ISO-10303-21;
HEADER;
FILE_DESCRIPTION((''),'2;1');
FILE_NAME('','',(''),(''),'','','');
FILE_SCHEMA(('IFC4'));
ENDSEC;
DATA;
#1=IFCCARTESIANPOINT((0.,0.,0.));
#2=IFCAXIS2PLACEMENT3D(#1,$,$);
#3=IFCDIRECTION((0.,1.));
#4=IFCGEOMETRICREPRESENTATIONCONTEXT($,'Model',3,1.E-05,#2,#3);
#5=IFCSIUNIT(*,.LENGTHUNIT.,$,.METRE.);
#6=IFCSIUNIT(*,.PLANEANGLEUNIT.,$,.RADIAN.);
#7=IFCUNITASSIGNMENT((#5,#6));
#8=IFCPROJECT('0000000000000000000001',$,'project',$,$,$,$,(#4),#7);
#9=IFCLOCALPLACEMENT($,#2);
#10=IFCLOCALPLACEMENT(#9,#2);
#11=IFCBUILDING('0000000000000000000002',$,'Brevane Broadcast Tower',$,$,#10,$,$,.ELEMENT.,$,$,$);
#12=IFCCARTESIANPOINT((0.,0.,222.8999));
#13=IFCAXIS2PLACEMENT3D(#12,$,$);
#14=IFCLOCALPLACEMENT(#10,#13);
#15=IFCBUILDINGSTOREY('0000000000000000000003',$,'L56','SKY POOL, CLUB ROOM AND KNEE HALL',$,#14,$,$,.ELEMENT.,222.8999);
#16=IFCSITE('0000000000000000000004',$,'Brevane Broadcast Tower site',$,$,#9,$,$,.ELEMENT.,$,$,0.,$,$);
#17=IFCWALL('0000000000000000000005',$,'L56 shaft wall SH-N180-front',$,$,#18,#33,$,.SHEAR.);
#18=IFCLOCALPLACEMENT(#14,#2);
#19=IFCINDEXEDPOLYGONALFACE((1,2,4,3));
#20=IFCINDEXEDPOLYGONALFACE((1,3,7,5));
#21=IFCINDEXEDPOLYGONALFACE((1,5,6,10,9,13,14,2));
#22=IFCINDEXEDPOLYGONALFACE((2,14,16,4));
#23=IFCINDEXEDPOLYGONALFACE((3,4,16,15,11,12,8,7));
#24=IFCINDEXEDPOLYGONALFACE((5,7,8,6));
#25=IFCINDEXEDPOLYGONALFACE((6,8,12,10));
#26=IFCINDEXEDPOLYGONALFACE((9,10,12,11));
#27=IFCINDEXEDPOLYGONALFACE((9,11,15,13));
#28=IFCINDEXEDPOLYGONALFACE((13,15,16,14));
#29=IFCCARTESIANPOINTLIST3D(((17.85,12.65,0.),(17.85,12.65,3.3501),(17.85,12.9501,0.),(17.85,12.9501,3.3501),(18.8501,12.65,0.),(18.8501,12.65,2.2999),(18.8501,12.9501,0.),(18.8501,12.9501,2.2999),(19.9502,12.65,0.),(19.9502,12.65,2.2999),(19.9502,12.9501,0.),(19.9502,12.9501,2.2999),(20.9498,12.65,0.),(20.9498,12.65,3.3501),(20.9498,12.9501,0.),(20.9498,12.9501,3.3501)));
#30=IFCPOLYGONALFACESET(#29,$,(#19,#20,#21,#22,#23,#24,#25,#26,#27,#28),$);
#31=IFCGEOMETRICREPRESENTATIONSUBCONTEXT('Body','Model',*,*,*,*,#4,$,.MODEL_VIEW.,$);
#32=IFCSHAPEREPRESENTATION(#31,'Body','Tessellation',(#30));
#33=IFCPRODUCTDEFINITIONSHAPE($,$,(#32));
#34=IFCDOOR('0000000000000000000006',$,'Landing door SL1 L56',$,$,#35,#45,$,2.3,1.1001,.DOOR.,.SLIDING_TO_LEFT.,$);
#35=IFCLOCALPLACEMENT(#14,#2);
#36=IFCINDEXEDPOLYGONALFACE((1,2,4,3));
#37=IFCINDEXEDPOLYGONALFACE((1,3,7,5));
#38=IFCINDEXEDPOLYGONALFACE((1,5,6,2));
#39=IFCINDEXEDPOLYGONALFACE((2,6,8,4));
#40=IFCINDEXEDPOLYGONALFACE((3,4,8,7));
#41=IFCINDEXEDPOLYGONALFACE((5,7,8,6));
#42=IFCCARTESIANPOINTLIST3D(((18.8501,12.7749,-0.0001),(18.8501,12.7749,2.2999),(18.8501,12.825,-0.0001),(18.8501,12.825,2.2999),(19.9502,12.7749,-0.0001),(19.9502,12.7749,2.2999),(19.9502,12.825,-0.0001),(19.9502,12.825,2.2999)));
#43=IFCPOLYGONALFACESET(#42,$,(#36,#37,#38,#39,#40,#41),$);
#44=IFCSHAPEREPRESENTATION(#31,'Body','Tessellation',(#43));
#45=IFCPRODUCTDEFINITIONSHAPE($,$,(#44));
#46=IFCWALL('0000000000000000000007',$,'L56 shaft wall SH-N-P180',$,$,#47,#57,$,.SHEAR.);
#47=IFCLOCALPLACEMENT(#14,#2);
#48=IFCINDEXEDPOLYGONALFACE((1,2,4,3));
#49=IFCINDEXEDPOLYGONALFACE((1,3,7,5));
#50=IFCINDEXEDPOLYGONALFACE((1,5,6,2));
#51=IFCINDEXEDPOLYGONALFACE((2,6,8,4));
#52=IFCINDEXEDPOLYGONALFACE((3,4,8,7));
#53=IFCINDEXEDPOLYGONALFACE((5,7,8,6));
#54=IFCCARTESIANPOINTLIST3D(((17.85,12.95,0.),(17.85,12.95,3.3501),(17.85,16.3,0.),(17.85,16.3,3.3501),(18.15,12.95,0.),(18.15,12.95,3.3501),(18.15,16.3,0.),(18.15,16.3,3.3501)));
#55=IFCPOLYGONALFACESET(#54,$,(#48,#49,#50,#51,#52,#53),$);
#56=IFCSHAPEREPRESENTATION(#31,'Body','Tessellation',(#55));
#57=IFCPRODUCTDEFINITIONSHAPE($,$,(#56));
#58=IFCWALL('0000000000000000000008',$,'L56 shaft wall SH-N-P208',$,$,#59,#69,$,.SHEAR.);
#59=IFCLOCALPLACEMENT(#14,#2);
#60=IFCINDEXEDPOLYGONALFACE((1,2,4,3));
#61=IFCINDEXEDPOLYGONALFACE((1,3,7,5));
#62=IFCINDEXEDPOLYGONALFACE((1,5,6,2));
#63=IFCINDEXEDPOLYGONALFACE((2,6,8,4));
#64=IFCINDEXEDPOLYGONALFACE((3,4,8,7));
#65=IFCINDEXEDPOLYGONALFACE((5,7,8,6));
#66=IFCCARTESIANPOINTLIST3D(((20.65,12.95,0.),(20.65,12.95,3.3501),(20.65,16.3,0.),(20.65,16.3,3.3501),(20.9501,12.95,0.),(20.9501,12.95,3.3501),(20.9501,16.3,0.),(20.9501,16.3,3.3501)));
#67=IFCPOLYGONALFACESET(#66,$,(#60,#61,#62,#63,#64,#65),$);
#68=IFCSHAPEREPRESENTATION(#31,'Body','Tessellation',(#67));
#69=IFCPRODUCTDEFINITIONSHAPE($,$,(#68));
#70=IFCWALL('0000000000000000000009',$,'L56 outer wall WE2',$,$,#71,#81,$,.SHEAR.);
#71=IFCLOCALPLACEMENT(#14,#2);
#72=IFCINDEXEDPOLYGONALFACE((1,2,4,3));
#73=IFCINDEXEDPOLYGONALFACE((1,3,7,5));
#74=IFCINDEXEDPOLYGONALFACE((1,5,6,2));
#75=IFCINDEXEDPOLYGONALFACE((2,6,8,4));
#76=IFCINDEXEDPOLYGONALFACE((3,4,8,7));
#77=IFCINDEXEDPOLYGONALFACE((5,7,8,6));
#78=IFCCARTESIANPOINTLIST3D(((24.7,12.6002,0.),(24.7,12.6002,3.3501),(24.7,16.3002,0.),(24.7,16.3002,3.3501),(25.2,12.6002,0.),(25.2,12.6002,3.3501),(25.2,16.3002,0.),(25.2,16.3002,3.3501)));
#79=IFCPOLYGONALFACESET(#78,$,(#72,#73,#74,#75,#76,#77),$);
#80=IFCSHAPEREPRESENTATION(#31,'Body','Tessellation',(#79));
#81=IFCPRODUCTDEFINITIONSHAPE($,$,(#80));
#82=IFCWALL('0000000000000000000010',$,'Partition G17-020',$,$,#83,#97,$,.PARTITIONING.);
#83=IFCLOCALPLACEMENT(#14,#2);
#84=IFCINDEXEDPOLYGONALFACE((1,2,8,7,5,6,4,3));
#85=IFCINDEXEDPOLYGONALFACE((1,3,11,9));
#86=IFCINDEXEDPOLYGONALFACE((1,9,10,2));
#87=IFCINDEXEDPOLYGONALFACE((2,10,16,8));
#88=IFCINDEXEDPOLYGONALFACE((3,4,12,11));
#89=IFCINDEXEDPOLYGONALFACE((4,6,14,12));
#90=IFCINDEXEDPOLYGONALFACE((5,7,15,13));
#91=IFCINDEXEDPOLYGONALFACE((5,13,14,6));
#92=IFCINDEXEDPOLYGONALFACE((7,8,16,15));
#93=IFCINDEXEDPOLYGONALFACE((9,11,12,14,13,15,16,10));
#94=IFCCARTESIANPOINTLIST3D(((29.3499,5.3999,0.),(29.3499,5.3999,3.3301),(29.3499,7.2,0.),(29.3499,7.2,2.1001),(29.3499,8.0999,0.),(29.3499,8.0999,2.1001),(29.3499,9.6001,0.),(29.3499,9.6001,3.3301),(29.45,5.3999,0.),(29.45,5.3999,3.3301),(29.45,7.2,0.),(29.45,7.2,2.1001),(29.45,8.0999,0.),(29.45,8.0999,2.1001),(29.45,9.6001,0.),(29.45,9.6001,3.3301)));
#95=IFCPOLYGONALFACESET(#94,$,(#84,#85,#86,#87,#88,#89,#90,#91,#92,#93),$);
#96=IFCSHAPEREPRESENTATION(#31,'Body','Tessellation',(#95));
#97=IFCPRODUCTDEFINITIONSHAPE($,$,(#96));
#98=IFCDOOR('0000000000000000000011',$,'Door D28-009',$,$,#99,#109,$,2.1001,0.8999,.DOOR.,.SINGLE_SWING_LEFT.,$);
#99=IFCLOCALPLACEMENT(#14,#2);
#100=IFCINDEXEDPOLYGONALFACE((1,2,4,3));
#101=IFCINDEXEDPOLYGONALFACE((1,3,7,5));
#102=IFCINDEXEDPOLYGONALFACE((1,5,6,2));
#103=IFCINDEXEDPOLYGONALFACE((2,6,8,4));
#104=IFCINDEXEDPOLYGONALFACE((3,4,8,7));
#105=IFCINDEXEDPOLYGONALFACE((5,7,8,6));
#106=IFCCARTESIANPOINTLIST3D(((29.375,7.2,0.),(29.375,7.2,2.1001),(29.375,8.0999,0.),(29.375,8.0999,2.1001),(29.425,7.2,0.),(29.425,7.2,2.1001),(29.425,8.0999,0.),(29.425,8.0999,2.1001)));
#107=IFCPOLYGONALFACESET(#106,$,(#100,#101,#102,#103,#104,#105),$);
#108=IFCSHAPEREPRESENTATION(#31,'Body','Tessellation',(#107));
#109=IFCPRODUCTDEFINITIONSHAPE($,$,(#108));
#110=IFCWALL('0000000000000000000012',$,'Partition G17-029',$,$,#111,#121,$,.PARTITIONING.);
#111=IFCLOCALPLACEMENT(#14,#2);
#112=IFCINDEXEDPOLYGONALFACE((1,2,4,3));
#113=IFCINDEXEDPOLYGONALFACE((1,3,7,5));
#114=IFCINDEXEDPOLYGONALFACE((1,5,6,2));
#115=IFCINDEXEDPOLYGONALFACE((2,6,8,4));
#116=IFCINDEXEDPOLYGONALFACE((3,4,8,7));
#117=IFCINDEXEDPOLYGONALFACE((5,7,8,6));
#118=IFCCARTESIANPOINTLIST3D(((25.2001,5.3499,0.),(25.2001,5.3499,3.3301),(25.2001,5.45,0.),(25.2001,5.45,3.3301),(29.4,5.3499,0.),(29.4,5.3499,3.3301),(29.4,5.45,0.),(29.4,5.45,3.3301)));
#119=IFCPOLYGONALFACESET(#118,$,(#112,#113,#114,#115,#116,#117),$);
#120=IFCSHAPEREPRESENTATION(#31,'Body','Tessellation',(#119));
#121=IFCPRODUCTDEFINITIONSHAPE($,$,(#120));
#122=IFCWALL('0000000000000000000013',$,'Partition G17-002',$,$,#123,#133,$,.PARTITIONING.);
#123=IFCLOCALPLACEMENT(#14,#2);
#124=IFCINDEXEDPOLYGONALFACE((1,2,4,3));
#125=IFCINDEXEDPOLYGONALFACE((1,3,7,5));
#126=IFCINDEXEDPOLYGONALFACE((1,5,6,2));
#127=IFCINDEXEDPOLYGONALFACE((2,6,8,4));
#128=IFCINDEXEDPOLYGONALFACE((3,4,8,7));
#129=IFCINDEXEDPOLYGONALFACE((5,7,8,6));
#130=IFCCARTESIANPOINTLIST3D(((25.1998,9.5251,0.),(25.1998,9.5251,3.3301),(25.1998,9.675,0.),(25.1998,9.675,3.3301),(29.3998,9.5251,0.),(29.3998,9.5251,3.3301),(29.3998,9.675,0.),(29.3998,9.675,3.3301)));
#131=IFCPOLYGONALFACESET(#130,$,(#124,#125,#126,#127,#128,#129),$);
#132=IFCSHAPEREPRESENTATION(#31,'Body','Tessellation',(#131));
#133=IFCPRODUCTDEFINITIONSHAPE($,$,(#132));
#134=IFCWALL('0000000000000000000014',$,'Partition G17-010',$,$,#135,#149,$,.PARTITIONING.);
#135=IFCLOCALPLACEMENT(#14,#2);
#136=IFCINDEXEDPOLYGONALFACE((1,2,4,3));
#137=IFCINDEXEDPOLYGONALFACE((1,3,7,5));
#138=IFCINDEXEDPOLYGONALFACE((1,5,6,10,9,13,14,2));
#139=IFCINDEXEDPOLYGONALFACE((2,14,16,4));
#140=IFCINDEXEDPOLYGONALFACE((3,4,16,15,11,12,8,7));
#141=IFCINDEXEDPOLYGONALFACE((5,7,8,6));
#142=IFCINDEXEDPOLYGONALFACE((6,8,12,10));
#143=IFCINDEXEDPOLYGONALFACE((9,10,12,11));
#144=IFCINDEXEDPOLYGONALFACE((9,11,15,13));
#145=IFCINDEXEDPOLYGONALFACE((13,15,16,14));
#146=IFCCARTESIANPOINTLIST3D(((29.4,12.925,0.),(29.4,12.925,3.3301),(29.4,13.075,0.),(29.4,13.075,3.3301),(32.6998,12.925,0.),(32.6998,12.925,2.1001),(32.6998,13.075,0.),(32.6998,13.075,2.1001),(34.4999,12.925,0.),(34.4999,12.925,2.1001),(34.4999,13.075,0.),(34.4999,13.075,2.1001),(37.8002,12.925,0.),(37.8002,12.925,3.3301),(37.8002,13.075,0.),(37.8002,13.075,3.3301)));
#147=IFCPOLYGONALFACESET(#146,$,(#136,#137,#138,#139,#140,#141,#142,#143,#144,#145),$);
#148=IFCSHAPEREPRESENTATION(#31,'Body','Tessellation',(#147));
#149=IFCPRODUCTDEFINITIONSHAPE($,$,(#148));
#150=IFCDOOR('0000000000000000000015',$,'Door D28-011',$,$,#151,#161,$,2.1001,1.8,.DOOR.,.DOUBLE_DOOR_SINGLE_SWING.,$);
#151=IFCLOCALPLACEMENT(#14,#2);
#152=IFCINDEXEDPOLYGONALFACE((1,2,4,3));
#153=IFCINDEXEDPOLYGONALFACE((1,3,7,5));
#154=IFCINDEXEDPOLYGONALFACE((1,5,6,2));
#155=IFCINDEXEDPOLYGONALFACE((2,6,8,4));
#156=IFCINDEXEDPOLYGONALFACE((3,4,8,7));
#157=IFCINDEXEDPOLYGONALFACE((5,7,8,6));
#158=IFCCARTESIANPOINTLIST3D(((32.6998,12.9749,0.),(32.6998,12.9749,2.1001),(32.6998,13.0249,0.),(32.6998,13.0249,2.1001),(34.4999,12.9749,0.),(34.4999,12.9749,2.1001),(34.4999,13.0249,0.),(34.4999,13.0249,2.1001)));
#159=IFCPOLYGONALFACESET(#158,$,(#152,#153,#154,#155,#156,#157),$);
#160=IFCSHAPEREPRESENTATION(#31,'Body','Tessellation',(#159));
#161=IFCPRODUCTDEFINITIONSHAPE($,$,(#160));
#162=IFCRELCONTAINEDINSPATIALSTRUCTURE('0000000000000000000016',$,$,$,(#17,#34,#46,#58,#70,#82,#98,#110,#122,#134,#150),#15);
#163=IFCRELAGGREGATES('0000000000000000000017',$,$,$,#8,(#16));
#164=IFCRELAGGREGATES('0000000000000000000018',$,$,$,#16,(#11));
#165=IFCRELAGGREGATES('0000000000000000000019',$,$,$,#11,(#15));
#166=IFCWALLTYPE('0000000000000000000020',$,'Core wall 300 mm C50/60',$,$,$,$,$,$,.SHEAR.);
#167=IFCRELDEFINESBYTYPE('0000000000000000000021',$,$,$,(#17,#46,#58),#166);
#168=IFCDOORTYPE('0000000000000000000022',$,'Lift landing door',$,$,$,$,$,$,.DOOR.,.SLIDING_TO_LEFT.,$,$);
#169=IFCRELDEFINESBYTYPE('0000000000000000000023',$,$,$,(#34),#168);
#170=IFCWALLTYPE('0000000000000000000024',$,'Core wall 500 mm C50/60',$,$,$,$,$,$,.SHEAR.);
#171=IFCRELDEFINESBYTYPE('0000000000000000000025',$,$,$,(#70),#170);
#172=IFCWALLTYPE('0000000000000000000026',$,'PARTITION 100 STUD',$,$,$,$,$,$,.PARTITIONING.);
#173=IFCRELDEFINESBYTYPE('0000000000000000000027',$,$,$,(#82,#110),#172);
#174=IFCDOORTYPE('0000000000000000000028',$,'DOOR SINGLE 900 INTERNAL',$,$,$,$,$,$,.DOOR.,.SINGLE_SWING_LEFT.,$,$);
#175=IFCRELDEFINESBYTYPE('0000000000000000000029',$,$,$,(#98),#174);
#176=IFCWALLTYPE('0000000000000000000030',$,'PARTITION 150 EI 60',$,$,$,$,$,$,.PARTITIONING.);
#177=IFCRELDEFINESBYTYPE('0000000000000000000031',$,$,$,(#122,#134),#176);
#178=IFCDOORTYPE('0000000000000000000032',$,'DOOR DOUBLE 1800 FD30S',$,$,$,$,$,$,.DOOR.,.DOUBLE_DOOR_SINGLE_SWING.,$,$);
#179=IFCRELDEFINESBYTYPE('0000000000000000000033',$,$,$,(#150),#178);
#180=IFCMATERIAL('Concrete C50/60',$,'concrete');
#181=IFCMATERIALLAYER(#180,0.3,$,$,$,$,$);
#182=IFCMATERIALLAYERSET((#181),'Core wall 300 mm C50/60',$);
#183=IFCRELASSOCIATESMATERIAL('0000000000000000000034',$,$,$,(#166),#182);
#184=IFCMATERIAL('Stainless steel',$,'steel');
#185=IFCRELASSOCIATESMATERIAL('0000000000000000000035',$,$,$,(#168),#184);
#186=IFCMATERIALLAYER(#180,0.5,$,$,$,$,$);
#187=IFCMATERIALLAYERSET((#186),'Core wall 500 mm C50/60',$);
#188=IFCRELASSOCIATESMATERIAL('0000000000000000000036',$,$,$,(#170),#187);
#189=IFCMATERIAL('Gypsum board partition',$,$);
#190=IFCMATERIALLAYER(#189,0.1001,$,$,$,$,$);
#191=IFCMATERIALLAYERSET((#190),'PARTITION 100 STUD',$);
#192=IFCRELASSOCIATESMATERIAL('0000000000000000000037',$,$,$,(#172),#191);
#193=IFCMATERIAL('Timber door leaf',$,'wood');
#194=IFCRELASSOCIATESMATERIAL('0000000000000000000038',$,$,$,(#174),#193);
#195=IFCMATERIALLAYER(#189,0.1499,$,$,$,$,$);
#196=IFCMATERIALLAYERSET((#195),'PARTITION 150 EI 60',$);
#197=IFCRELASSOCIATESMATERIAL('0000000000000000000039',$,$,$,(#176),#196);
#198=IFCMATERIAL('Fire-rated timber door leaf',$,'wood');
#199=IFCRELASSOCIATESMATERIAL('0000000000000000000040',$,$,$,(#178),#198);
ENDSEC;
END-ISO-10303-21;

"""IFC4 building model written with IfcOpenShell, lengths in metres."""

from ifc_helpers import new_model, si_unit, direction, frame, frame_2d, origin, place, context, subcontext, project, spatial, rectangle, extrude, material, layer, layer_set, type_object, element, fill, save


model = new_model("IFC4")

# Units and contexts
model_context = context("Model", 3, precision=1e-05, world=origin(), true_north=direction((0.0, 1.0)))
body_context = subcontext(model_context, "Body", "Model", "MODEL_VIEW")
ifc_project = project(units=[si_unit("LENGTHUNIT", "METRE"), si_unit("PLANEANGLEUNIT", "RADIAN")], contexts=[model_context])

# Site, building, storey
site_placement = place(None, origin())
site = spatial("IfcSite", under=ifc_project, at=site_placement, Name="Brevane Broadcast Tower site", CompositionType="ELEMENT", RefElevation=0.0)
building_placement = place(site_placement, origin())
building = spatial("IfcBuilding", under=site, at=building_placement, Name="Brevane Broadcast Tower", CompositionType="ELEMENT")
storey_placement = place(building_placement, frame((0.0, 0.0, 222.8999)))
storey = spatial("IfcBuildingStorey", under=building, at=storey_placement, Name="L56", Description="SKY POOL, CLUB ROOM AND KNEE HALL", CompositionType="ELEMENT", Elevation=222.8999)

# Wall, opening, door
ifc_material_1 = material(Name="Concrete C50/60", Category="concrete")
ifc_layer_1 = layer(ifc_material_1, 0.3)
ifc_layer_set_1 = layer_set([ifc_layer_1], Name="Core wall 300 mm C50/60")
wall_type_1 = type_object("IfcWallType", Name="Core wall 300 mm C50/60", PredefinedType="SHEAR", material=ifc_layer_set_1)
wall_1_placement = place(storey_placement, frame((17.8501, 12.8, 0.0), z_axis=(0.0, 0.0, 1.0), x_axis=(1.0, 0.0, 0.0)))
wall_1 = element("IfcWall", 1, at=wall_1_placement, inside=storey, type_object=wall_type_1, Name="L56 shaft wall SH-N180-front", PredefinedType="SHEAR", context=body_context, shape_type="SweptSolid", body=[
    extrude(rectangle(XDim=3.0999, YDim=0.3, at=frame_2d((1.5498, 0.0))), origin(), (0.0, 0.0, 1.0), 3.3501),
])
opening_1_placement = place(wall_1_placement, frame((1.0, 0.0, 0.0)))
opening_1 = element("IfcOpeningElement", 2, at=opening_1_placement, cuts=wall_1, PredefinedType="OPENING", context=body_context, shape_type="SweptSolid", body=[
    extrude(rectangle(XDim=1.1001, YDim=2.3, at=frame_2d((0.55, 1.1499))), frame((0.0, 0.1599, 0.0), z_axis=(0.0, -1.0, 0.0), x_axis=(1.0, 0.0, 0.0)), (0.0, 0.0, 1.0), 0.3201),
])
ifc_material_2 = material(Name="Stainless steel", Category="steel")
door_type_1 = type_object("IfcDoorType", Name="Lift landing door", OperationType="SLIDING_TO_LEFT", PredefinedType="DOOR", material=ifc_material_2)
door_1_placement = place(opening_1_placement, origin())
door_1 = element("IfcDoor", 3, at=door_1_placement, inside=storey, type_object=door_type_1, Name="Landing door SL1 L56", OperationType="SLIDING_TO_LEFT", OverallHeight=2.3, OverallWidth=1.1001, PredefinedType="DOOR", context=body_context, shape_type="SweptSolid", body=[
    extrude(rectangle(XDim=1.1001, YDim=2.3, at=frame_2d((0.55, 1.1499))), frame((0.0, 0.0249, 0.0), z_axis=(0.0, -1.0, 0.0), x_axis=(1.0, 0.0, 0.0)), (0.0, 0.0, 1.0), 0.05),
])
fill(opening_1, door_1)

# Walls
for number, where, z_axis, x_axis, name in (
    (4, (18.0, 12.95, 0.0), (0.0, 0.0, 1.0), (0.0, 1.0, 0.0), "L56 shaft wall SH-N-P180"),
    (5, (20.8, 12.95, 0.0), (0.0, 0.0, 1.0), (0.0, 1.0, 0.0), "L56 shaft wall SH-N-P208"),
):
    element("IfcWall", number, at=place(storey_placement, frame(where, z_axis=z_axis, x_axis=x_axis)), inside=storey, type_object=wall_type_1, Name=name, PredefinedType="SHEAR", context=body_context, shape_type="SweptSolid", body=[
        extrude(rectangle(XDim=3.3501, YDim=0.3, at=frame_2d((1.675, 0.0))), origin(), (0.0, 0.0, 1.0), 3.3501),
    ])
ifc_layer_2 = layer(ifc_material_1, 0.5)
ifc_layer_set_2 = layer_set([ifc_layer_2], Name="Core wall 500 mm C50/60")
wall_type_2 = type_object("IfcWallType", Name="Core wall 500 mm C50/60", PredefinedType="SHEAR", material=ifc_layer_set_2)
wall_2_placement = place(storey_placement, frame((24.95, 12.6001, 0.0), z_axis=(0.0, 0.0, 1.0), x_axis=(0.0, 1.0, 0.0)))
element("IfcWall", 6, at=wall_2_placement, inside=storey, type_object=wall_type_2, Name="L56 outer wall WE2", PredefinedType="SHEAR", context=body_context, shape_type="SweptSolid", body=[
    extrude(rectangle(XDim=3.7, YDim=0.5, at=frame_2d((1.8501, 0.0))), origin(), (0.0, 0.0, 1.0), 3.3501),
])

# Wall, opening, door
ifc_material_3 = material(Name="Gypsum board partition")
ifc_layer_3 = layer(ifc_material_3, 0.1001)
ifc_layer_set_3 = layer_set([ifc_layer_3], Name="PARTITION 100 STUD")
wall_type_3 = type_object("IfcWallType", Name="PARTITION 100 STUD", PredefinedType="PARTITIONING", material=ifc_layer_set_3)
wall_3_placement = place(storey_placement, frame((29.3999, 5.3999, 0.0), z_axis=(0.0, 0.0, 1.0), x_axis=(0.0, 1.0, 0.0)))
wall_3 = element("IfcWall", 7, at=wall_3_placement, inside=storey, type_object=wall_type_3, Name="Partition G17-020", PredefinedType="PARTITIONING", context=body_context, shape_type="SweptSolid", body=[
    extrude(rectangle(XDim=4.2002, YDim=0.1001, at=frame_2d((2.1001, 0.0))), origin(), (0.0, 0.0, 1.0), 3.3301),
])
opening_2_placement = place(wall_3_placement, frame((1.8, 0.0, 0.0)))
opening_2 = element("IfcOpeningElement", 8, at=opening_2_placement, cuts=wall_3, PredefinedType="OPENING", context=body_context, shape_type="SweptSolid", body=[
    extrude(rectangle(XDim=0.8999, YDim=2.1001, at=frame_2d((0.45, 1.05))), frame((0.0, 0.0601, 0.0), z_axis=(0.0, -1.0, 0.0), x_axis=(1.0, 0.0, 0.0)), (0.0, 0.0, 1.0), 0.1201),
])
ifc_material_4 = material(Name="Timber door leaf", Category="wood")
door_type_2 = type_object("IfcDoorType", Name="DOOR SINGLE 900 INTERNAL", OperationType="SINGLE_SWING_LEFT", PredefinedType="DOOR", material=ifc_material_4)
door_2_placement = place(opening_2_placement, origin())
door_2 = element("IfcDoor", 9, at=door_2_placement, inside=storey, type_object=door_type_2, Name="Door D28-009", OperationType="SINGLE_SWING_LEFT", OverallHeight=2.1001, OverallWidth=0.8999, PredefinedType="DOOR", context=body_context, shape_type="SweptSolid", body=[
    extrude(rectangle(XDim=0.8999, YDim=2.1001, at=frame_2d((0.45, 1.05))), frame((0.0, 0.0249, 0.0), z_axis=(0.0, -1.0, 0.0), x_axis=(1.0, 0.0, 0.0)), (0.0, 0.0, 1.0), 0.05),
])
fill(opening_2, door_2)

# Walls
wall_4_placement = place(storey_placement, frame((25.2, 5.3999, 0.0), z_axis=(0.0, 0.0, 1.0), x_axis=(1.0, 0.0, 0.0)))
element("IfcWall", 10, at=wall_4_placement, inside=storey, type_object=wall_type_3, Name="Partition G17-029", PredefinedType="PARTITIONING", context=body_context, shape_type="SweptSolid", body=[
    extrude(rectangle(XDim=4.2, YDim=0.1001, at=frame_2d((2.1001, 0.0))), origin(), (0.0, 0.0, 1.0), 3.3301),
])
ifc_layer_4 = layer(ifc_material_3, 0.1499)
ifc_layer_set_4 = layer_set([ifc_layer_4], Name="PARTITION 150 EI 60")
wall_type_4 = type_object("IfcWallType", Name="PARTITION 150 EI 60", PredefinedType="PARTITIONING", material=ifc_layer_set_4)
wall_5_placement = place(storey_placement, frame((29.3999, 9.6001, 0.0), z_axis=(0.0, 0.0, 1.0), x_axis=(-1.0, 0.0, 0.0)))
element("IfcWall", 11, at=wall_5_placement, inside=storey, type_object=wall_type_4, Name="Partition G17-002", PredefinedType="PARTITIONING", context=body_context, shape_type="SweptSolid", body=[
    extrude(rectangle(XDim=4.2, YDim=0.1499, at=frame_2d((2.1001, 0.0))), origin(), (0.0, 0.0, 1.0), 3.3301),
])

# Wall, opening, door
wall_6_placement = place(storey_placement, frame((29.3999, 13.0, 0.0), z_axis=(0.0, 0.0, 1.0), x_axis=(1.0, 0.0, 0.0)))
wall_6 = element("IfcWall", 12, at=wall_6_placement, inside=storey, type_object=wall_type_4, Name="Partition G17-010", PredefinedType="PARTITIONING", context=body_context, shape_type="SweptSolid", body=[
    extrude(rectangle(XDim=8.4001, YDim=0.1499, at=frame_2d((4.2002, 0.0))), origin(), (0.0, 0.0, 1.0), 3.3301),
])
opening_3_placement = place(wall_6_placement, frame((3.3, 0.0, 0.0)))
opening_3 = element("IfcOpeningElement", 13, at=opening_3_placement, cuts=wall_6, PredefinedType="OPENING", context=body_context, shape_type="SweptSolid", body=[
    extrude(rectangle(XDim=1.8, YDim=2.1001, at=frame_2d((0.8999, 1.05))), frame((0.0, 0.085, 0.0), z_axis=(0.0, -1.0, 0.0), x_axis=(1.0, 0.0, 0.0)), (0.0, 0.0, 1.0), 0.1699),
])
ifc_material_5 = material(Name="Fire-rated timber door leaf", Category="wood")
door_type_3 = type_object("IfcDoorType", Name="DOOR DOUBLE 1800 FD30S", OperationType="DOUBLE_DOOR_SINGLE_SWING", PredefinedType="DOOR", material=ifc_material_5)
door_3_placement = place(opening_3_placement, origin())
door_3 = element("IfcDoor", 14, at=door_3_placement, inside=storey, type_object=door_type_3, Name="Door D28-011", OperationType="DOUBLE_DOOR_SINGLE_SWING", OverallHeight=2.1001, OverallWidth=1.8, PredefinedType="DOOR", context=body_context, shape_type="SweptSolid", body=[
    extrude(rectangle(XDim=1.8, YDim=2.1001, at=frame_2d((0.8999, 1.05))), frame((0.0, 0.0249, 0.0), z_axis=(0.0, -1.0, 0.0), x_axis=(1.0, 0.0, 0.0)), (0.0, 0.0, 1.0), 0.05),
])
fill(opening_3, door_3)

save(model, "model.ifc")
